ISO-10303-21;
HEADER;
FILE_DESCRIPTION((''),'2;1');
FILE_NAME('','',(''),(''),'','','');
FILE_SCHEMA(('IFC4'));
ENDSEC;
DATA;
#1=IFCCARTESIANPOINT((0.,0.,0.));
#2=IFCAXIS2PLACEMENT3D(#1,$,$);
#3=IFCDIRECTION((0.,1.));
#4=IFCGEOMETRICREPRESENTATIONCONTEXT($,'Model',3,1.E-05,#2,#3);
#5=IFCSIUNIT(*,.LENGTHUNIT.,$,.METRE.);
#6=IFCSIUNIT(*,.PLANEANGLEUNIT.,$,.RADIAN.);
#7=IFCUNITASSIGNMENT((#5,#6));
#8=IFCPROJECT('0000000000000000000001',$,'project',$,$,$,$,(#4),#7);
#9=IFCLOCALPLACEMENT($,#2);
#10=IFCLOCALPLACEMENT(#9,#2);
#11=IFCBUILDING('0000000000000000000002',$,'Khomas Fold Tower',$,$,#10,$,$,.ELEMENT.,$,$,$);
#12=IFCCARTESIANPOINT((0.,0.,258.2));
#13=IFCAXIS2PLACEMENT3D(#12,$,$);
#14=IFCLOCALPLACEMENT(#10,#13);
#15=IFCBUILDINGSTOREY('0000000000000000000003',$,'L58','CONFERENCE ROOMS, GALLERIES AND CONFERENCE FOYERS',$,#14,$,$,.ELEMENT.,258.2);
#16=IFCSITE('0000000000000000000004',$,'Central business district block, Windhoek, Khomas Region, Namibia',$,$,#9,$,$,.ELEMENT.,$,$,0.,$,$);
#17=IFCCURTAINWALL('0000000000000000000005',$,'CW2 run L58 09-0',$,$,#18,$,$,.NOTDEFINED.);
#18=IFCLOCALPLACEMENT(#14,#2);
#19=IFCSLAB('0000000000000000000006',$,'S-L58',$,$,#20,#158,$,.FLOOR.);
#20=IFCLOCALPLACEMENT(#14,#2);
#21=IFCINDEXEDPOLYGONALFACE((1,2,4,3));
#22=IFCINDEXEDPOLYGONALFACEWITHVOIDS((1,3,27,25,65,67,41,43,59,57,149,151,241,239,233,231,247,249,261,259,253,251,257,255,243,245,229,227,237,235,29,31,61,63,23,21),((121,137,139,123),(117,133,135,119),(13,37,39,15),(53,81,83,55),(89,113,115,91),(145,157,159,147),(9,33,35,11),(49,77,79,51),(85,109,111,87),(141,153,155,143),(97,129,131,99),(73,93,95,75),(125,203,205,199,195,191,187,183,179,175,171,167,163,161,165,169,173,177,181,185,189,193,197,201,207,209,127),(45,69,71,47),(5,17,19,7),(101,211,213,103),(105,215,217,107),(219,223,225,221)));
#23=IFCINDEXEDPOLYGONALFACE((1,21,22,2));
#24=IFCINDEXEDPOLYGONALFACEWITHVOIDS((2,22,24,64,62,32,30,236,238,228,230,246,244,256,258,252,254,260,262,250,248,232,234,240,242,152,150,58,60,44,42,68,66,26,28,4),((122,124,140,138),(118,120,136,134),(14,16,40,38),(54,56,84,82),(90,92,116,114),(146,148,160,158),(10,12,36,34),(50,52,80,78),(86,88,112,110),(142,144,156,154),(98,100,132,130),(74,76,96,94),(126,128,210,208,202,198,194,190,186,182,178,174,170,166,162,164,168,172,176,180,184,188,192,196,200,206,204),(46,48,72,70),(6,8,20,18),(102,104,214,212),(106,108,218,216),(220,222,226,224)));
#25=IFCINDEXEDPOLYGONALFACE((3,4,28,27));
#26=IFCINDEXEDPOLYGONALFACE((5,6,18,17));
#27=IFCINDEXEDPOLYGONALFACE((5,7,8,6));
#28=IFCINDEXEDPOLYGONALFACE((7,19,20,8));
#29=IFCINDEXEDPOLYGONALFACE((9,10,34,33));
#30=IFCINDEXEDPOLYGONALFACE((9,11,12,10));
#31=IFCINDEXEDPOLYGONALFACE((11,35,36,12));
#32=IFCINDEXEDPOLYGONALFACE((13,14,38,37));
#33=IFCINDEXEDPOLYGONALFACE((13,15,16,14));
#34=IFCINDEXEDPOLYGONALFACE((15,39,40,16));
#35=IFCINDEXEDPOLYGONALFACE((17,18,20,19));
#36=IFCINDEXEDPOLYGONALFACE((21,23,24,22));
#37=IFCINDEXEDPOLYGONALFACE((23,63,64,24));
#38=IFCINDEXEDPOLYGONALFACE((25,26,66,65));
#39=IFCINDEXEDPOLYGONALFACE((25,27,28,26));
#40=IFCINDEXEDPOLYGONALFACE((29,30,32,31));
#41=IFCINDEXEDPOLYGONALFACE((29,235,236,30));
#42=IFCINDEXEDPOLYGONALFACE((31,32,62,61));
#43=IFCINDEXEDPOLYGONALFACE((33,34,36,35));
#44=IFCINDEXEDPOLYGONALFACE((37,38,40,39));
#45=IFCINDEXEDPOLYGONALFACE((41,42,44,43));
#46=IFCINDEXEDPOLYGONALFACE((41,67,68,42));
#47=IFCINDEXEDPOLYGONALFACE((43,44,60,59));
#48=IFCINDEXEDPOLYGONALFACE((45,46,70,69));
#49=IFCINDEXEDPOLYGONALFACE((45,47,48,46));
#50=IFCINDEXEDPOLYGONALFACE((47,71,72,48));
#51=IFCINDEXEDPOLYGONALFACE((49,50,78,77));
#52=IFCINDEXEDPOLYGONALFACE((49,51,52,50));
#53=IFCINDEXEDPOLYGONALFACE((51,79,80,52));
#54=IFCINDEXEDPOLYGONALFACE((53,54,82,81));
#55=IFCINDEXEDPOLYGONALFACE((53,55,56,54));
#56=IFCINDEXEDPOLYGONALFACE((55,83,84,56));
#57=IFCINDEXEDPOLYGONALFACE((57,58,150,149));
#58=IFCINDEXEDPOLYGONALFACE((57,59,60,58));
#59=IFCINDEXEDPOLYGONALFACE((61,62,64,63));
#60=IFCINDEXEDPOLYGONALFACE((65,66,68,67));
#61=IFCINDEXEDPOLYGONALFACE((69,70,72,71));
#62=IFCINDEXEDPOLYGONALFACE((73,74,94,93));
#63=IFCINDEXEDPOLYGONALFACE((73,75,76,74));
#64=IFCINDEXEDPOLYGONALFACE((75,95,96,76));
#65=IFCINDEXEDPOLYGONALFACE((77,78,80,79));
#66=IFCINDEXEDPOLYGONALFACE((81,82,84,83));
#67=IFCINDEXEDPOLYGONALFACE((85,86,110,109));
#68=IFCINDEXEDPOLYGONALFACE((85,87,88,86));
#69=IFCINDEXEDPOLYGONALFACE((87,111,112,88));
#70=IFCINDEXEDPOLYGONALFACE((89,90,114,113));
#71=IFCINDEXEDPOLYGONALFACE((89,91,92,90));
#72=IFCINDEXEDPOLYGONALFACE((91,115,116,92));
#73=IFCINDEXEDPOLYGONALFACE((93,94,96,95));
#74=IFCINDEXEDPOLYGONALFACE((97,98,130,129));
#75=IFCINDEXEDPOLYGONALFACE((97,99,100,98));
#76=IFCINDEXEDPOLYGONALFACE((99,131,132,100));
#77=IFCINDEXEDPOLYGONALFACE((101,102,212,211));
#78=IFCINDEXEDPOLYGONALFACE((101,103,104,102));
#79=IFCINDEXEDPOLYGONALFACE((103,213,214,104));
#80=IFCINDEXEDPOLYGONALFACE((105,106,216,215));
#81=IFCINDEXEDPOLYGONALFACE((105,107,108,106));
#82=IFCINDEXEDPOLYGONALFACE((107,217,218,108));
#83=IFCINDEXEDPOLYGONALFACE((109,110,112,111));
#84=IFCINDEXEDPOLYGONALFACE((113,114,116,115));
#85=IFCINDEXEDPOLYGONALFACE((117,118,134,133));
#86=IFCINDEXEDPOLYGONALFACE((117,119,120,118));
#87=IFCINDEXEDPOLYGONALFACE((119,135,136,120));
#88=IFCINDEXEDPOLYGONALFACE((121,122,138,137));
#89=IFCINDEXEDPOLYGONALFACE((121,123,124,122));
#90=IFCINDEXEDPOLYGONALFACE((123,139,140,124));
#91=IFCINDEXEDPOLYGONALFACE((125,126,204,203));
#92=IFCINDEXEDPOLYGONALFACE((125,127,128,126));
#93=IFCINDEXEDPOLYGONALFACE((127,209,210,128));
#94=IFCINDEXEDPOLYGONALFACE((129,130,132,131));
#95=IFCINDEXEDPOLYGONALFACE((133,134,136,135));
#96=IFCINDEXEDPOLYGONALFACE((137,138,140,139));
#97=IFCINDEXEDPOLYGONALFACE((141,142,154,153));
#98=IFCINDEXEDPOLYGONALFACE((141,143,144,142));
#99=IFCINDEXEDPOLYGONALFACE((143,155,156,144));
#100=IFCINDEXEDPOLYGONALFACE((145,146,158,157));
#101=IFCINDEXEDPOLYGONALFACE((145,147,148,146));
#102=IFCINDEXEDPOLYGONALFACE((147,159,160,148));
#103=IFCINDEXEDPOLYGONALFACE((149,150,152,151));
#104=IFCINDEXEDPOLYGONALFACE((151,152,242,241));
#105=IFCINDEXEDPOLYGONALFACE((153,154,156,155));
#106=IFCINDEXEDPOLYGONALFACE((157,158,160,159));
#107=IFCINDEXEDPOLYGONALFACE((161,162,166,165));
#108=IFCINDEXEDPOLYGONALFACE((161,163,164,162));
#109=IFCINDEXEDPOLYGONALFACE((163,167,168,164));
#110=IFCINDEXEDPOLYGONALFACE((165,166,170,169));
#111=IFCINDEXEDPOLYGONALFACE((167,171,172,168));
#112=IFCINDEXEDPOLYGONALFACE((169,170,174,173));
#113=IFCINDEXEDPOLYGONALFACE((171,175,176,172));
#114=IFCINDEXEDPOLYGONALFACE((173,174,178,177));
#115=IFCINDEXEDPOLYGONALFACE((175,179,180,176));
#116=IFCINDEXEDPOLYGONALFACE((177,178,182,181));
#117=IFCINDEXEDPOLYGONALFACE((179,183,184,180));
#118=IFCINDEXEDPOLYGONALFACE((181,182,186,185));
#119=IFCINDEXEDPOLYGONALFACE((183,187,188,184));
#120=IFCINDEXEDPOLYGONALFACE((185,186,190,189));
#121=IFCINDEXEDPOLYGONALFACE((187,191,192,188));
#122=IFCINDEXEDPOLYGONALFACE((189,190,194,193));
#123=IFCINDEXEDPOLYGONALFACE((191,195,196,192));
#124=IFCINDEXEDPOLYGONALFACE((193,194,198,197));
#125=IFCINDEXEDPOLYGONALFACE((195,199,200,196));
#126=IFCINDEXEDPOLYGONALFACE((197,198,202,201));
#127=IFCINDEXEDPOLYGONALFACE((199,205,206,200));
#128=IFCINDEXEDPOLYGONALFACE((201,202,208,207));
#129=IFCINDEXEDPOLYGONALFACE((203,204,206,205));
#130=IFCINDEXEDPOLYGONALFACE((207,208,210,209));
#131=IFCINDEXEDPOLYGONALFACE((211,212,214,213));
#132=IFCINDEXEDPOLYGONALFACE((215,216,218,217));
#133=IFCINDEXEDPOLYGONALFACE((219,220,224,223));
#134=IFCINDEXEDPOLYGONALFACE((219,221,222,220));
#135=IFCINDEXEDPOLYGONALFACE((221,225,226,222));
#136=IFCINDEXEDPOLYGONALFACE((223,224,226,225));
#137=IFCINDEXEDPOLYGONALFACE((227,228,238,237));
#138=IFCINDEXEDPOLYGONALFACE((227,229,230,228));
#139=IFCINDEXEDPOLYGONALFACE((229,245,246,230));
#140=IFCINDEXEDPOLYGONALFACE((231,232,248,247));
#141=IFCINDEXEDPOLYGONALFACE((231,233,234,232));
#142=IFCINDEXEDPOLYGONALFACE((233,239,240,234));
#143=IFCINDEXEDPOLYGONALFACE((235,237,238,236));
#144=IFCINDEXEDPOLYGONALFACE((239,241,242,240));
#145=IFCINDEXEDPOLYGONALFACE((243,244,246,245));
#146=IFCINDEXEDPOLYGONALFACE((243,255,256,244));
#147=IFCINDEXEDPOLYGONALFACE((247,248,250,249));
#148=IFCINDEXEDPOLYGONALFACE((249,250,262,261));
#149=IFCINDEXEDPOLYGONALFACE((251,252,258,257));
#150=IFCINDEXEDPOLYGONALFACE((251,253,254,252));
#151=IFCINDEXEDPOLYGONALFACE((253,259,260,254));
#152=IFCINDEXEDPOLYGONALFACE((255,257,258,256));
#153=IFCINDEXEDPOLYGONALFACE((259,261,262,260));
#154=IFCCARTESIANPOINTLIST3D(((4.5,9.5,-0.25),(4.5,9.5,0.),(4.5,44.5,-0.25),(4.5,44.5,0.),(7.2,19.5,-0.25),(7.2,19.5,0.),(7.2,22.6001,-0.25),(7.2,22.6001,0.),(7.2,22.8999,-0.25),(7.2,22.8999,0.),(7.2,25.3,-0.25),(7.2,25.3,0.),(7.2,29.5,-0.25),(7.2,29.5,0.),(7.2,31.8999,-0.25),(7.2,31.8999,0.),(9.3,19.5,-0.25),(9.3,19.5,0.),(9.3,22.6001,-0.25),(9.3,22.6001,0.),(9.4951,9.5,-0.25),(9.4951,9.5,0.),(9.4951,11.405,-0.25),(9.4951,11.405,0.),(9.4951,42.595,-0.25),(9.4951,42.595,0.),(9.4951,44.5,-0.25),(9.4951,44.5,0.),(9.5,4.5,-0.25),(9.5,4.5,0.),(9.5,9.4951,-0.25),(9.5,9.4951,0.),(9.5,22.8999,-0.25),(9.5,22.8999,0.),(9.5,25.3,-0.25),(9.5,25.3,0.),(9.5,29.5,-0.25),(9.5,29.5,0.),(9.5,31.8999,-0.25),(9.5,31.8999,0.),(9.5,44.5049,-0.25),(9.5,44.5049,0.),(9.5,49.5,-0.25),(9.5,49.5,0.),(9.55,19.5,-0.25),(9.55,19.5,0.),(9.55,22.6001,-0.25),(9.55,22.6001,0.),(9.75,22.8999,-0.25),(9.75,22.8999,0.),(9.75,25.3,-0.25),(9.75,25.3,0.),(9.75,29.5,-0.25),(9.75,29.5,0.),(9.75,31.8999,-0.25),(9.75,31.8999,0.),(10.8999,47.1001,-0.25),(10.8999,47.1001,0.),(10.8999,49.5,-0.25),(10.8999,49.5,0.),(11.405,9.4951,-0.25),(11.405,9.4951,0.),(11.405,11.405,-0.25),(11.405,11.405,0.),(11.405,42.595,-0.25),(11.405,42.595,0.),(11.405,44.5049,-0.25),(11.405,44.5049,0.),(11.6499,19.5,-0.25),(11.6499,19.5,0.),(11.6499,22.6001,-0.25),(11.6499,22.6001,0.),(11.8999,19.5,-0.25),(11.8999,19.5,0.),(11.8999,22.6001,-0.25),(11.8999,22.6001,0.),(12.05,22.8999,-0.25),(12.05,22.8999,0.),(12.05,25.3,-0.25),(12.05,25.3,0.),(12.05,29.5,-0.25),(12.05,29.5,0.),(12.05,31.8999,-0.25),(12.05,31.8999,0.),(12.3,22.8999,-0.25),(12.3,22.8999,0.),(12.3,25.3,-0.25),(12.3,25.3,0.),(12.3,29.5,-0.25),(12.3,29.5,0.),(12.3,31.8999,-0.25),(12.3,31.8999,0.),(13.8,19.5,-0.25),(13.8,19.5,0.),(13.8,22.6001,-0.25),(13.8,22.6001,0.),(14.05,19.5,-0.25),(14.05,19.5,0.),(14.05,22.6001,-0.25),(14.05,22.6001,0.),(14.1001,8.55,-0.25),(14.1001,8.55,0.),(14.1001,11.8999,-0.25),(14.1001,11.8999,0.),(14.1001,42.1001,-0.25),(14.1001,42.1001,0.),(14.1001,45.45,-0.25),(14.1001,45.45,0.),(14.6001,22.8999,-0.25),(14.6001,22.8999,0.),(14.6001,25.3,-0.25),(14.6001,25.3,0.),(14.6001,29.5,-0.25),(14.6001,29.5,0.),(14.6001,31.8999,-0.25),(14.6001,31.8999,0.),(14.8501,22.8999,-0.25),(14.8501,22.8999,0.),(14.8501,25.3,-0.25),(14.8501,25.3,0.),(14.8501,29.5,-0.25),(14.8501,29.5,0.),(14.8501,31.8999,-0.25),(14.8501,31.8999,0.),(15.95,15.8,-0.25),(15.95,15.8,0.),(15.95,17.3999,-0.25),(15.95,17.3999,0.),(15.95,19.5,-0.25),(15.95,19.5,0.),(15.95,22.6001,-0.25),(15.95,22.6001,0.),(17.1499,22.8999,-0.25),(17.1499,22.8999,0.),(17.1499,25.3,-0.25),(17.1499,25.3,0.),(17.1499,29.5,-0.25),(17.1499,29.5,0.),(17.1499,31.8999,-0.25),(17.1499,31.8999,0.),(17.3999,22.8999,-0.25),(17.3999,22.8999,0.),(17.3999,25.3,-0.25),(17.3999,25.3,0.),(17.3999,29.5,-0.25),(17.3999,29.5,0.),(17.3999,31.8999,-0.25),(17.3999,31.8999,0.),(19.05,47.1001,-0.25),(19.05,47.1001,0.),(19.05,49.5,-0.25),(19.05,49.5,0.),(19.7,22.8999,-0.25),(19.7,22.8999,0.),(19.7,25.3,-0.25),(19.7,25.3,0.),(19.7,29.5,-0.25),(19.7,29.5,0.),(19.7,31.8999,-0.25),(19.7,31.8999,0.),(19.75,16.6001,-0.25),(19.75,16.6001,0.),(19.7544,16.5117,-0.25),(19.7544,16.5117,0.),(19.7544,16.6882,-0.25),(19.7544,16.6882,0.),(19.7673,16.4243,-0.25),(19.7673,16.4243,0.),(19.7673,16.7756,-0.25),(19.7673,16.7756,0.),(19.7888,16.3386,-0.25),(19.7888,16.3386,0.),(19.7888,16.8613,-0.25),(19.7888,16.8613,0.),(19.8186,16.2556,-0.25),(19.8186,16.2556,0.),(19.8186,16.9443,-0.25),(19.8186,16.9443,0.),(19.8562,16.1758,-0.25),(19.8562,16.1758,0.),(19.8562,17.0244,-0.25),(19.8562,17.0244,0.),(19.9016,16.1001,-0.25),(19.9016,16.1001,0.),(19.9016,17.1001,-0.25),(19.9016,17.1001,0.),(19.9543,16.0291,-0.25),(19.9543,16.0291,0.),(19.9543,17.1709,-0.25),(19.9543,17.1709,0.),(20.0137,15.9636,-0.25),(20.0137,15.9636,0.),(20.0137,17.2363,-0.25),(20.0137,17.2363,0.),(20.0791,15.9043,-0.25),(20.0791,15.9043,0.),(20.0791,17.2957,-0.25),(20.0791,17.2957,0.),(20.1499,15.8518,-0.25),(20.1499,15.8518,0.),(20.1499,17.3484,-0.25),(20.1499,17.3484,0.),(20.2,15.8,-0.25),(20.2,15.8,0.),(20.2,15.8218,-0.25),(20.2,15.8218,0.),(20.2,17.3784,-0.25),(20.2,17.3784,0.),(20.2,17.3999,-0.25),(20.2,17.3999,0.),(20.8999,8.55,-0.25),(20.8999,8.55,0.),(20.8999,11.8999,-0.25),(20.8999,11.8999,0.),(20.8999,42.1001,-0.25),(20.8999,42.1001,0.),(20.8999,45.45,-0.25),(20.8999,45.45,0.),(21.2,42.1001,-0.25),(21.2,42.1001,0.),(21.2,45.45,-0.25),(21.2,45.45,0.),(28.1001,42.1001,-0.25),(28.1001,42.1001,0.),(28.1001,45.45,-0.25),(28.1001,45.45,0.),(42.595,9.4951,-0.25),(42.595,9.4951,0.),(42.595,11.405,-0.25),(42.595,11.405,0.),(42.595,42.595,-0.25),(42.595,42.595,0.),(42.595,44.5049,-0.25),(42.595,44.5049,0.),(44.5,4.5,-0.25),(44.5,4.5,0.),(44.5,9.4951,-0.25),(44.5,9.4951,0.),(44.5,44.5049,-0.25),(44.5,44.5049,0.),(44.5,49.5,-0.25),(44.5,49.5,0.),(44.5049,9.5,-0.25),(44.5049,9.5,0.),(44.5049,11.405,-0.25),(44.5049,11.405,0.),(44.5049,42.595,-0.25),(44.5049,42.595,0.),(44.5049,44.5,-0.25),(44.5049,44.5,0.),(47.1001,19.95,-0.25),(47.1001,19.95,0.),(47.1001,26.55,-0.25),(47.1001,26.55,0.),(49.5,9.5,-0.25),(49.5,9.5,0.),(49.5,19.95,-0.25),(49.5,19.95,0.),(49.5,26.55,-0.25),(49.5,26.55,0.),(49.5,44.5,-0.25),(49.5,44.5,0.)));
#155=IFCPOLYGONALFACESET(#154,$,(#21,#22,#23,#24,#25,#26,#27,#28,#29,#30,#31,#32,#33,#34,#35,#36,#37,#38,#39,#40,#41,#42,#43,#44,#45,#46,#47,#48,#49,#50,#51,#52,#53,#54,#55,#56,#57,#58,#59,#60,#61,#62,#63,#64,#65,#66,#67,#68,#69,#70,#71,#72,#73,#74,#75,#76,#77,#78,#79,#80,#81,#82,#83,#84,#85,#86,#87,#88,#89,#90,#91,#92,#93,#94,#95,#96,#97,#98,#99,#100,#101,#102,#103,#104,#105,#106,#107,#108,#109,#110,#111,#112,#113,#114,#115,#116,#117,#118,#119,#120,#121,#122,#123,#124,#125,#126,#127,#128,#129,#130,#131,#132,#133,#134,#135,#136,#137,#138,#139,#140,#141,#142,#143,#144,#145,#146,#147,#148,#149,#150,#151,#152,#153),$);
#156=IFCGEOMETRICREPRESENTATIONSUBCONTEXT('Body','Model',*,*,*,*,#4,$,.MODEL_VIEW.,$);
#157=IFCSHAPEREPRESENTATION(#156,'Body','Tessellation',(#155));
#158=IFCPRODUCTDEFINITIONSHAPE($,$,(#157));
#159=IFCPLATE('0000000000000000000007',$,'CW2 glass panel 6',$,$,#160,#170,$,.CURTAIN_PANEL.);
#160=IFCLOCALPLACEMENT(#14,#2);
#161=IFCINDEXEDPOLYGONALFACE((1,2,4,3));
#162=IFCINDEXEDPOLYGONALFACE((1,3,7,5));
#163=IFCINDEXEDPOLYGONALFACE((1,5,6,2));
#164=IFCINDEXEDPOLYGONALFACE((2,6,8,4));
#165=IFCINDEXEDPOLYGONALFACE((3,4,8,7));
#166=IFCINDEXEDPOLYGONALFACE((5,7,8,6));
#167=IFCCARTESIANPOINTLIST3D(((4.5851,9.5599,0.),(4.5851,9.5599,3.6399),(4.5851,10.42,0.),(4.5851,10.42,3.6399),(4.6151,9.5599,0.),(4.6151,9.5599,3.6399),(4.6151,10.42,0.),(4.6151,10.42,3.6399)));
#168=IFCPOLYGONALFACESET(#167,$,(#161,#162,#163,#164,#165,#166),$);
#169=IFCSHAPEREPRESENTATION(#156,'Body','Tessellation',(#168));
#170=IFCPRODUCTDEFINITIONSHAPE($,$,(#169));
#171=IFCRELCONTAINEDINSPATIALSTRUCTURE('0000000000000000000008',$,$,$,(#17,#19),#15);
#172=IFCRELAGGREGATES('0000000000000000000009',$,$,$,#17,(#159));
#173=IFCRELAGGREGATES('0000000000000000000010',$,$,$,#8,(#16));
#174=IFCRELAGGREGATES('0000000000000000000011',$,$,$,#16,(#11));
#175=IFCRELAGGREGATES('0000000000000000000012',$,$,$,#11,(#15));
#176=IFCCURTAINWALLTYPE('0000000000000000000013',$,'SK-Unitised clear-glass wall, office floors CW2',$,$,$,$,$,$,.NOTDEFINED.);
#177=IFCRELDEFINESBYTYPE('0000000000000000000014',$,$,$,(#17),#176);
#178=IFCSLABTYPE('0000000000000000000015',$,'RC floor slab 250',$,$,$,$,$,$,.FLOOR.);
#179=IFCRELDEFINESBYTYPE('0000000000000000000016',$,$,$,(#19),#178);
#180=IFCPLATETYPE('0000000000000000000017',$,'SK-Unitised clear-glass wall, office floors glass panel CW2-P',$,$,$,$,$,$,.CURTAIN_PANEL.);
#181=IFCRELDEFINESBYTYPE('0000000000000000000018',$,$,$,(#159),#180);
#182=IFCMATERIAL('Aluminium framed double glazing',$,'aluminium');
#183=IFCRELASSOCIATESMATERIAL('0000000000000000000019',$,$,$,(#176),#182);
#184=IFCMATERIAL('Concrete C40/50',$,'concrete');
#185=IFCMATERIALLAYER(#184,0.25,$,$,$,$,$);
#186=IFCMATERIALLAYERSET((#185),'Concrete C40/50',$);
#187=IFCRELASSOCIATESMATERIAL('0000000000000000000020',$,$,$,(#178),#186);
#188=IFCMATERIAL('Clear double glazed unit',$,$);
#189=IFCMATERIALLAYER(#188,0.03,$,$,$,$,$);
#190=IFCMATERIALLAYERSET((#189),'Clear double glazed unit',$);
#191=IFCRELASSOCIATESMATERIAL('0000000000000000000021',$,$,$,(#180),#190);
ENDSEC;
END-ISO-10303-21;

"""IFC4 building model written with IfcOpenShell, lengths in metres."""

from ifc_helpers import new_model, si_unit, direction, frame, origin, origin_2d, place, context, subcontext, project, spatial, polyline, rectangle, outline, extrude, source, transform, mapped, material, layer, layer_set, type_object, element, aggregate, save


model = new_model("IFC4")

# Units and contexts
model_context = context("Model", 3, precision=1e-05, world=origin(), true_north=direction((0.0, 1.0)))
body_context = subcontext(model_context, "Body", "Model", "MODEL_VIEW")
ifc_project = project(units=[si_unit("LENGTHUNIT", "METRE"), si_unit("PLANEANGLEUNIT", "RADIAN")], contexts=[model_context])

# Site, building, storey
site_placement = place(None, origin())
site = spatial("IfcSite", under=ifc_project, at=site_placement, Name="Central business district block, Windhoek, Khomas Region, Namibia", CompositionType="ELEMENT", RefElevation=0.0)
building_placement = place(site_placement, origin())
building = spatial("IfcBuilding", under=site, at=building_placement, Name="Khomas Fold Tower", CompositionType="ELEMENT")
storey_placement = place(building_placement, frame((0.0, 0.0, 258.2)))
storey = spatial("IfcBuildingStorey", under=building, at=storey_placement, Name="L58", Description="CONFERENCE ROOMS, GALLERIES AND CONFERENCE FOYERS", CompositionType="ELEMENT", Elevation=258.2)

# Curtain wall
ifc_material_1 = material(Name="Aluminium framed double glazing", Category="aluminium")
curtain_wall_type = type_object("IfcCurtainWallType", Name="SK-Unitised clear-glass wall, office floors CW2", PredefinedType="NOTDEFINED", material=ifc_material_1)
curtain_wall_1_placement = place(storey_placement, origin())
curtain_wall_1 = element("IfcCurtainWall", 1, at=curtain_wall_1_placement, inside=storey, type_object=curtain_wall_type, Name="CW2 run L58 09-0", PredefinedType="NOTDEFINED")

# Slab
ifc_material_2 = material(Name="Concrete C40/50", Category="concrete")
ifc_layer_1 = layer(ifc_material_2, 0.25)
ifc_layer_set_1 = layer_set([ifc_layer_1], Name="Concrete C40/50")
slab_type_1 = type_object("IfcSlabType", Name="RC floor slab 250", PredefinedType="FLOOR", material=ifc_layer_set_1)
shared_shape_1 = source(origin(), body_context, "Body", "SweptSolid", [
    extrude(outline(polyline([(4.5, 9.5), (9.4951, 9.5), (9.4951, 11.405), (11.405, 11.405), (11.405, 9.4951), (9.5, 9.4951), (9.5, 4.5), (44.5, 4.5), (44.5, 9.4951), (42.595, 9.4951), (42.595, 11.405), (44.5049, 11.405), (44.5049, 9.5), (49.5, 9.5), (49.5, 19.95), (47.1001, 19.95), (47.1001, 26.55), (49.5, 26.55), (49.5, 44.5), (44.5049, 44.5), (44.5049, 42.595), (42.595, 42.595), (42.595, 44.5049), (44.5, 44.5049), (44.5, 49.5), (19.05, 49.5), (19.05, 47.1001), (10.8999, 47.1001), (10.8999, 49.5), (9.5, 49.5), (9.5, 44.5049), (11.405, 44.5049), (11.405, 42.595), (9.4951, 42.595), (9.4951, 44.5), (4.5, 44.5), (4.5, 9.5)]), holes=[polyline([(7.2, 19.5), (7.2, 22.6001), (9.3, 22.6001), (9.3, 19.5), (7.2, 19.5)]), polyline([(7.2, 22.8999), (7.2, 25.3), (9.5, 25.3), (9.5, 22.8999), (7.2, 22.8999)]), polyline([(7.2, 29.5), (7.2, 31.8999), (9.5, 31.8999), (9.5, 29.5), (7.2, 29.5)]), polyline([(9.55, 19.5), (9.55, 22.6001), (11.6499, 22.6001), (11.6499, 19.5), (9.55, 19.5)]), polyline([(9.75, 22.8999), (9.75, 25.3), (12.05, 25.3), (12.05, 22.8999), (9.75, 22.8999)]), polyline([(9.75, 29.5), (9.75, 31.8999), (12.05, 31.8999), (12.05, 29.5), (9.75, 29.5)]), polyline([(11.8999, 19.5), (11.8999, 22.6001), (13.8, 22.6001), (13.8, 19.5), (11.8999, 19.5)]), polyline([(12.3, 22.8999), (12.3, 25.3), (14.6001, 25.3), (14.6001, 22.8999), (12.3, 22.8999)]), polyline([(12.3, 29.5), (12.3, 31.8999), (14.6001, 31.8999), (14.6001, 29.5), (12.3, 29.5)]), polyline([(14.05, 19.5), (14.05, 22.6001), (15.95, 22.6001), (15.95, 19.5), (14.05, 19.5)]), polyline([(14.1001, 8.55), (14.1001, 11.8999), (20.8999, 11.8999), (20.8999, 8.55), (14.1001, 8.55)]), polyline([(14.1001, 42.1001), (14.1001, 45.45), (20.8999, 45.45), (20.8999, 42.1001), (14.1001, 42.1001)]), polyline([(14.8501, 22.8999), (14.8501, 25.3), (17.1499, 25.3), (17.1499, 22.8999), (14.8501, 22.8999)]), polyline([(14.8501, 29.5), (14.8501, 31.8999), (17.1499, 31.8999), (17.1499, 29.5), (14.8501, 29.5)]), polyline([(15.95, 15.8), (15.95, 17.3999), (20.2, 17.3999), (20.2, 17.3784), (20.1499, 17.3484), (20.0791, 17.2957), (20.0137, 17.2363), (19.9543, 17.1709), (19.9016, 17.1001), (19.8562, 17.0244), (19.8186, 16.9443), (19.7888, 16.8613), (19.7673, 16.7756), (19.7544, 16.6882), (19.75, 16.6001), (19.7544, 16.5117), (19.7673, 16.4243), (19.7888, 16.3386), (19.8186, 16.2556), (19.8562, 16.1758), (19.9016, 16.1001), (19.9543, 16.0291), (20.0137, 15.9636), (20.0791, 15.9043), (20.1499, 15.8518), (20.2, 15.8218), (20.2, 15.8), (15.95, 15.8)]), polyline([(17.3999, 22.8999), (17.3999, 25.3), (19.7, 25.3), (19.7, 22.8999), (17.3999, 22.8999)]), polyline([(17.3999, 29.5), (17.3999, 31.8999), (19.7, 31.8999), (19.7, 29.5), (17.3999, 29.5)]), polyline([(21.2, 42.1001), (21.2, 45.45), (28.1001, 45.45), (28.1001, 42.1001), (21.2, 42.1001)])]), origin(), (0.0, 0.0, 1.0), 0.25),
])
slab_1_placement = place(storey_placement, frame((0.0, 0.0, -0.25)))
element("IfcSlab", 2, at=slab_1_placement, inside=storey, type_object=slab_type_1, Name="S-L58", PredefinedType="FLOOR", context=body_context, shape_type="MappedRepresentation", body=[
    mapped(shared_shape_1, transform((0.0, 0.0, 0.0))),
])

# Plate
ifc_material_3 = material(Name="Clear double glazed unit")
ifc_layer_2 = layer(ifc_material_3, 0.03)
ifc_layer_set_2 = layer_set([ifc_layer_2], Name="Clear double glazed unit")
plate_type_1 = type_object("IfcPlateType", Name="SK-Unitised clear-glass wall, office floors glass panel CW2-P", PredefinedType="CURTAIN_PANEL", material=ifc_layer_set_2)
shared_shape_2 = source(origin(), body_context, "Body", "SweptSolid", [
    extrude(rectangle(XDim=0.8601, YDim=0.03, at=origin_2d()), origin(), (0.0, 0.0, 1.0), 3.6399),
])
plate_1_placement = place(storey_placement, frame((4.6001, 9.99, 0.0), z_axis=(0.0, 0.0, 1.0), x_axis=(0.0, -1.0, 0.0)))
plate_1 = element("IfcPlate", 3, at=plate_1_placement, type_object=plate_type_1, Name="CW2 glass panel 6", PredefinedType="CURTAIN_PANEL", context=body_context, shape_type="MappedRepresentation", body=[
    mapped(shared_shape_2, transform((0.0, 0.0, 0.0))),
])
aggregate(curtain_wall_1, [plate_1])

save(model, "model.ifc")
